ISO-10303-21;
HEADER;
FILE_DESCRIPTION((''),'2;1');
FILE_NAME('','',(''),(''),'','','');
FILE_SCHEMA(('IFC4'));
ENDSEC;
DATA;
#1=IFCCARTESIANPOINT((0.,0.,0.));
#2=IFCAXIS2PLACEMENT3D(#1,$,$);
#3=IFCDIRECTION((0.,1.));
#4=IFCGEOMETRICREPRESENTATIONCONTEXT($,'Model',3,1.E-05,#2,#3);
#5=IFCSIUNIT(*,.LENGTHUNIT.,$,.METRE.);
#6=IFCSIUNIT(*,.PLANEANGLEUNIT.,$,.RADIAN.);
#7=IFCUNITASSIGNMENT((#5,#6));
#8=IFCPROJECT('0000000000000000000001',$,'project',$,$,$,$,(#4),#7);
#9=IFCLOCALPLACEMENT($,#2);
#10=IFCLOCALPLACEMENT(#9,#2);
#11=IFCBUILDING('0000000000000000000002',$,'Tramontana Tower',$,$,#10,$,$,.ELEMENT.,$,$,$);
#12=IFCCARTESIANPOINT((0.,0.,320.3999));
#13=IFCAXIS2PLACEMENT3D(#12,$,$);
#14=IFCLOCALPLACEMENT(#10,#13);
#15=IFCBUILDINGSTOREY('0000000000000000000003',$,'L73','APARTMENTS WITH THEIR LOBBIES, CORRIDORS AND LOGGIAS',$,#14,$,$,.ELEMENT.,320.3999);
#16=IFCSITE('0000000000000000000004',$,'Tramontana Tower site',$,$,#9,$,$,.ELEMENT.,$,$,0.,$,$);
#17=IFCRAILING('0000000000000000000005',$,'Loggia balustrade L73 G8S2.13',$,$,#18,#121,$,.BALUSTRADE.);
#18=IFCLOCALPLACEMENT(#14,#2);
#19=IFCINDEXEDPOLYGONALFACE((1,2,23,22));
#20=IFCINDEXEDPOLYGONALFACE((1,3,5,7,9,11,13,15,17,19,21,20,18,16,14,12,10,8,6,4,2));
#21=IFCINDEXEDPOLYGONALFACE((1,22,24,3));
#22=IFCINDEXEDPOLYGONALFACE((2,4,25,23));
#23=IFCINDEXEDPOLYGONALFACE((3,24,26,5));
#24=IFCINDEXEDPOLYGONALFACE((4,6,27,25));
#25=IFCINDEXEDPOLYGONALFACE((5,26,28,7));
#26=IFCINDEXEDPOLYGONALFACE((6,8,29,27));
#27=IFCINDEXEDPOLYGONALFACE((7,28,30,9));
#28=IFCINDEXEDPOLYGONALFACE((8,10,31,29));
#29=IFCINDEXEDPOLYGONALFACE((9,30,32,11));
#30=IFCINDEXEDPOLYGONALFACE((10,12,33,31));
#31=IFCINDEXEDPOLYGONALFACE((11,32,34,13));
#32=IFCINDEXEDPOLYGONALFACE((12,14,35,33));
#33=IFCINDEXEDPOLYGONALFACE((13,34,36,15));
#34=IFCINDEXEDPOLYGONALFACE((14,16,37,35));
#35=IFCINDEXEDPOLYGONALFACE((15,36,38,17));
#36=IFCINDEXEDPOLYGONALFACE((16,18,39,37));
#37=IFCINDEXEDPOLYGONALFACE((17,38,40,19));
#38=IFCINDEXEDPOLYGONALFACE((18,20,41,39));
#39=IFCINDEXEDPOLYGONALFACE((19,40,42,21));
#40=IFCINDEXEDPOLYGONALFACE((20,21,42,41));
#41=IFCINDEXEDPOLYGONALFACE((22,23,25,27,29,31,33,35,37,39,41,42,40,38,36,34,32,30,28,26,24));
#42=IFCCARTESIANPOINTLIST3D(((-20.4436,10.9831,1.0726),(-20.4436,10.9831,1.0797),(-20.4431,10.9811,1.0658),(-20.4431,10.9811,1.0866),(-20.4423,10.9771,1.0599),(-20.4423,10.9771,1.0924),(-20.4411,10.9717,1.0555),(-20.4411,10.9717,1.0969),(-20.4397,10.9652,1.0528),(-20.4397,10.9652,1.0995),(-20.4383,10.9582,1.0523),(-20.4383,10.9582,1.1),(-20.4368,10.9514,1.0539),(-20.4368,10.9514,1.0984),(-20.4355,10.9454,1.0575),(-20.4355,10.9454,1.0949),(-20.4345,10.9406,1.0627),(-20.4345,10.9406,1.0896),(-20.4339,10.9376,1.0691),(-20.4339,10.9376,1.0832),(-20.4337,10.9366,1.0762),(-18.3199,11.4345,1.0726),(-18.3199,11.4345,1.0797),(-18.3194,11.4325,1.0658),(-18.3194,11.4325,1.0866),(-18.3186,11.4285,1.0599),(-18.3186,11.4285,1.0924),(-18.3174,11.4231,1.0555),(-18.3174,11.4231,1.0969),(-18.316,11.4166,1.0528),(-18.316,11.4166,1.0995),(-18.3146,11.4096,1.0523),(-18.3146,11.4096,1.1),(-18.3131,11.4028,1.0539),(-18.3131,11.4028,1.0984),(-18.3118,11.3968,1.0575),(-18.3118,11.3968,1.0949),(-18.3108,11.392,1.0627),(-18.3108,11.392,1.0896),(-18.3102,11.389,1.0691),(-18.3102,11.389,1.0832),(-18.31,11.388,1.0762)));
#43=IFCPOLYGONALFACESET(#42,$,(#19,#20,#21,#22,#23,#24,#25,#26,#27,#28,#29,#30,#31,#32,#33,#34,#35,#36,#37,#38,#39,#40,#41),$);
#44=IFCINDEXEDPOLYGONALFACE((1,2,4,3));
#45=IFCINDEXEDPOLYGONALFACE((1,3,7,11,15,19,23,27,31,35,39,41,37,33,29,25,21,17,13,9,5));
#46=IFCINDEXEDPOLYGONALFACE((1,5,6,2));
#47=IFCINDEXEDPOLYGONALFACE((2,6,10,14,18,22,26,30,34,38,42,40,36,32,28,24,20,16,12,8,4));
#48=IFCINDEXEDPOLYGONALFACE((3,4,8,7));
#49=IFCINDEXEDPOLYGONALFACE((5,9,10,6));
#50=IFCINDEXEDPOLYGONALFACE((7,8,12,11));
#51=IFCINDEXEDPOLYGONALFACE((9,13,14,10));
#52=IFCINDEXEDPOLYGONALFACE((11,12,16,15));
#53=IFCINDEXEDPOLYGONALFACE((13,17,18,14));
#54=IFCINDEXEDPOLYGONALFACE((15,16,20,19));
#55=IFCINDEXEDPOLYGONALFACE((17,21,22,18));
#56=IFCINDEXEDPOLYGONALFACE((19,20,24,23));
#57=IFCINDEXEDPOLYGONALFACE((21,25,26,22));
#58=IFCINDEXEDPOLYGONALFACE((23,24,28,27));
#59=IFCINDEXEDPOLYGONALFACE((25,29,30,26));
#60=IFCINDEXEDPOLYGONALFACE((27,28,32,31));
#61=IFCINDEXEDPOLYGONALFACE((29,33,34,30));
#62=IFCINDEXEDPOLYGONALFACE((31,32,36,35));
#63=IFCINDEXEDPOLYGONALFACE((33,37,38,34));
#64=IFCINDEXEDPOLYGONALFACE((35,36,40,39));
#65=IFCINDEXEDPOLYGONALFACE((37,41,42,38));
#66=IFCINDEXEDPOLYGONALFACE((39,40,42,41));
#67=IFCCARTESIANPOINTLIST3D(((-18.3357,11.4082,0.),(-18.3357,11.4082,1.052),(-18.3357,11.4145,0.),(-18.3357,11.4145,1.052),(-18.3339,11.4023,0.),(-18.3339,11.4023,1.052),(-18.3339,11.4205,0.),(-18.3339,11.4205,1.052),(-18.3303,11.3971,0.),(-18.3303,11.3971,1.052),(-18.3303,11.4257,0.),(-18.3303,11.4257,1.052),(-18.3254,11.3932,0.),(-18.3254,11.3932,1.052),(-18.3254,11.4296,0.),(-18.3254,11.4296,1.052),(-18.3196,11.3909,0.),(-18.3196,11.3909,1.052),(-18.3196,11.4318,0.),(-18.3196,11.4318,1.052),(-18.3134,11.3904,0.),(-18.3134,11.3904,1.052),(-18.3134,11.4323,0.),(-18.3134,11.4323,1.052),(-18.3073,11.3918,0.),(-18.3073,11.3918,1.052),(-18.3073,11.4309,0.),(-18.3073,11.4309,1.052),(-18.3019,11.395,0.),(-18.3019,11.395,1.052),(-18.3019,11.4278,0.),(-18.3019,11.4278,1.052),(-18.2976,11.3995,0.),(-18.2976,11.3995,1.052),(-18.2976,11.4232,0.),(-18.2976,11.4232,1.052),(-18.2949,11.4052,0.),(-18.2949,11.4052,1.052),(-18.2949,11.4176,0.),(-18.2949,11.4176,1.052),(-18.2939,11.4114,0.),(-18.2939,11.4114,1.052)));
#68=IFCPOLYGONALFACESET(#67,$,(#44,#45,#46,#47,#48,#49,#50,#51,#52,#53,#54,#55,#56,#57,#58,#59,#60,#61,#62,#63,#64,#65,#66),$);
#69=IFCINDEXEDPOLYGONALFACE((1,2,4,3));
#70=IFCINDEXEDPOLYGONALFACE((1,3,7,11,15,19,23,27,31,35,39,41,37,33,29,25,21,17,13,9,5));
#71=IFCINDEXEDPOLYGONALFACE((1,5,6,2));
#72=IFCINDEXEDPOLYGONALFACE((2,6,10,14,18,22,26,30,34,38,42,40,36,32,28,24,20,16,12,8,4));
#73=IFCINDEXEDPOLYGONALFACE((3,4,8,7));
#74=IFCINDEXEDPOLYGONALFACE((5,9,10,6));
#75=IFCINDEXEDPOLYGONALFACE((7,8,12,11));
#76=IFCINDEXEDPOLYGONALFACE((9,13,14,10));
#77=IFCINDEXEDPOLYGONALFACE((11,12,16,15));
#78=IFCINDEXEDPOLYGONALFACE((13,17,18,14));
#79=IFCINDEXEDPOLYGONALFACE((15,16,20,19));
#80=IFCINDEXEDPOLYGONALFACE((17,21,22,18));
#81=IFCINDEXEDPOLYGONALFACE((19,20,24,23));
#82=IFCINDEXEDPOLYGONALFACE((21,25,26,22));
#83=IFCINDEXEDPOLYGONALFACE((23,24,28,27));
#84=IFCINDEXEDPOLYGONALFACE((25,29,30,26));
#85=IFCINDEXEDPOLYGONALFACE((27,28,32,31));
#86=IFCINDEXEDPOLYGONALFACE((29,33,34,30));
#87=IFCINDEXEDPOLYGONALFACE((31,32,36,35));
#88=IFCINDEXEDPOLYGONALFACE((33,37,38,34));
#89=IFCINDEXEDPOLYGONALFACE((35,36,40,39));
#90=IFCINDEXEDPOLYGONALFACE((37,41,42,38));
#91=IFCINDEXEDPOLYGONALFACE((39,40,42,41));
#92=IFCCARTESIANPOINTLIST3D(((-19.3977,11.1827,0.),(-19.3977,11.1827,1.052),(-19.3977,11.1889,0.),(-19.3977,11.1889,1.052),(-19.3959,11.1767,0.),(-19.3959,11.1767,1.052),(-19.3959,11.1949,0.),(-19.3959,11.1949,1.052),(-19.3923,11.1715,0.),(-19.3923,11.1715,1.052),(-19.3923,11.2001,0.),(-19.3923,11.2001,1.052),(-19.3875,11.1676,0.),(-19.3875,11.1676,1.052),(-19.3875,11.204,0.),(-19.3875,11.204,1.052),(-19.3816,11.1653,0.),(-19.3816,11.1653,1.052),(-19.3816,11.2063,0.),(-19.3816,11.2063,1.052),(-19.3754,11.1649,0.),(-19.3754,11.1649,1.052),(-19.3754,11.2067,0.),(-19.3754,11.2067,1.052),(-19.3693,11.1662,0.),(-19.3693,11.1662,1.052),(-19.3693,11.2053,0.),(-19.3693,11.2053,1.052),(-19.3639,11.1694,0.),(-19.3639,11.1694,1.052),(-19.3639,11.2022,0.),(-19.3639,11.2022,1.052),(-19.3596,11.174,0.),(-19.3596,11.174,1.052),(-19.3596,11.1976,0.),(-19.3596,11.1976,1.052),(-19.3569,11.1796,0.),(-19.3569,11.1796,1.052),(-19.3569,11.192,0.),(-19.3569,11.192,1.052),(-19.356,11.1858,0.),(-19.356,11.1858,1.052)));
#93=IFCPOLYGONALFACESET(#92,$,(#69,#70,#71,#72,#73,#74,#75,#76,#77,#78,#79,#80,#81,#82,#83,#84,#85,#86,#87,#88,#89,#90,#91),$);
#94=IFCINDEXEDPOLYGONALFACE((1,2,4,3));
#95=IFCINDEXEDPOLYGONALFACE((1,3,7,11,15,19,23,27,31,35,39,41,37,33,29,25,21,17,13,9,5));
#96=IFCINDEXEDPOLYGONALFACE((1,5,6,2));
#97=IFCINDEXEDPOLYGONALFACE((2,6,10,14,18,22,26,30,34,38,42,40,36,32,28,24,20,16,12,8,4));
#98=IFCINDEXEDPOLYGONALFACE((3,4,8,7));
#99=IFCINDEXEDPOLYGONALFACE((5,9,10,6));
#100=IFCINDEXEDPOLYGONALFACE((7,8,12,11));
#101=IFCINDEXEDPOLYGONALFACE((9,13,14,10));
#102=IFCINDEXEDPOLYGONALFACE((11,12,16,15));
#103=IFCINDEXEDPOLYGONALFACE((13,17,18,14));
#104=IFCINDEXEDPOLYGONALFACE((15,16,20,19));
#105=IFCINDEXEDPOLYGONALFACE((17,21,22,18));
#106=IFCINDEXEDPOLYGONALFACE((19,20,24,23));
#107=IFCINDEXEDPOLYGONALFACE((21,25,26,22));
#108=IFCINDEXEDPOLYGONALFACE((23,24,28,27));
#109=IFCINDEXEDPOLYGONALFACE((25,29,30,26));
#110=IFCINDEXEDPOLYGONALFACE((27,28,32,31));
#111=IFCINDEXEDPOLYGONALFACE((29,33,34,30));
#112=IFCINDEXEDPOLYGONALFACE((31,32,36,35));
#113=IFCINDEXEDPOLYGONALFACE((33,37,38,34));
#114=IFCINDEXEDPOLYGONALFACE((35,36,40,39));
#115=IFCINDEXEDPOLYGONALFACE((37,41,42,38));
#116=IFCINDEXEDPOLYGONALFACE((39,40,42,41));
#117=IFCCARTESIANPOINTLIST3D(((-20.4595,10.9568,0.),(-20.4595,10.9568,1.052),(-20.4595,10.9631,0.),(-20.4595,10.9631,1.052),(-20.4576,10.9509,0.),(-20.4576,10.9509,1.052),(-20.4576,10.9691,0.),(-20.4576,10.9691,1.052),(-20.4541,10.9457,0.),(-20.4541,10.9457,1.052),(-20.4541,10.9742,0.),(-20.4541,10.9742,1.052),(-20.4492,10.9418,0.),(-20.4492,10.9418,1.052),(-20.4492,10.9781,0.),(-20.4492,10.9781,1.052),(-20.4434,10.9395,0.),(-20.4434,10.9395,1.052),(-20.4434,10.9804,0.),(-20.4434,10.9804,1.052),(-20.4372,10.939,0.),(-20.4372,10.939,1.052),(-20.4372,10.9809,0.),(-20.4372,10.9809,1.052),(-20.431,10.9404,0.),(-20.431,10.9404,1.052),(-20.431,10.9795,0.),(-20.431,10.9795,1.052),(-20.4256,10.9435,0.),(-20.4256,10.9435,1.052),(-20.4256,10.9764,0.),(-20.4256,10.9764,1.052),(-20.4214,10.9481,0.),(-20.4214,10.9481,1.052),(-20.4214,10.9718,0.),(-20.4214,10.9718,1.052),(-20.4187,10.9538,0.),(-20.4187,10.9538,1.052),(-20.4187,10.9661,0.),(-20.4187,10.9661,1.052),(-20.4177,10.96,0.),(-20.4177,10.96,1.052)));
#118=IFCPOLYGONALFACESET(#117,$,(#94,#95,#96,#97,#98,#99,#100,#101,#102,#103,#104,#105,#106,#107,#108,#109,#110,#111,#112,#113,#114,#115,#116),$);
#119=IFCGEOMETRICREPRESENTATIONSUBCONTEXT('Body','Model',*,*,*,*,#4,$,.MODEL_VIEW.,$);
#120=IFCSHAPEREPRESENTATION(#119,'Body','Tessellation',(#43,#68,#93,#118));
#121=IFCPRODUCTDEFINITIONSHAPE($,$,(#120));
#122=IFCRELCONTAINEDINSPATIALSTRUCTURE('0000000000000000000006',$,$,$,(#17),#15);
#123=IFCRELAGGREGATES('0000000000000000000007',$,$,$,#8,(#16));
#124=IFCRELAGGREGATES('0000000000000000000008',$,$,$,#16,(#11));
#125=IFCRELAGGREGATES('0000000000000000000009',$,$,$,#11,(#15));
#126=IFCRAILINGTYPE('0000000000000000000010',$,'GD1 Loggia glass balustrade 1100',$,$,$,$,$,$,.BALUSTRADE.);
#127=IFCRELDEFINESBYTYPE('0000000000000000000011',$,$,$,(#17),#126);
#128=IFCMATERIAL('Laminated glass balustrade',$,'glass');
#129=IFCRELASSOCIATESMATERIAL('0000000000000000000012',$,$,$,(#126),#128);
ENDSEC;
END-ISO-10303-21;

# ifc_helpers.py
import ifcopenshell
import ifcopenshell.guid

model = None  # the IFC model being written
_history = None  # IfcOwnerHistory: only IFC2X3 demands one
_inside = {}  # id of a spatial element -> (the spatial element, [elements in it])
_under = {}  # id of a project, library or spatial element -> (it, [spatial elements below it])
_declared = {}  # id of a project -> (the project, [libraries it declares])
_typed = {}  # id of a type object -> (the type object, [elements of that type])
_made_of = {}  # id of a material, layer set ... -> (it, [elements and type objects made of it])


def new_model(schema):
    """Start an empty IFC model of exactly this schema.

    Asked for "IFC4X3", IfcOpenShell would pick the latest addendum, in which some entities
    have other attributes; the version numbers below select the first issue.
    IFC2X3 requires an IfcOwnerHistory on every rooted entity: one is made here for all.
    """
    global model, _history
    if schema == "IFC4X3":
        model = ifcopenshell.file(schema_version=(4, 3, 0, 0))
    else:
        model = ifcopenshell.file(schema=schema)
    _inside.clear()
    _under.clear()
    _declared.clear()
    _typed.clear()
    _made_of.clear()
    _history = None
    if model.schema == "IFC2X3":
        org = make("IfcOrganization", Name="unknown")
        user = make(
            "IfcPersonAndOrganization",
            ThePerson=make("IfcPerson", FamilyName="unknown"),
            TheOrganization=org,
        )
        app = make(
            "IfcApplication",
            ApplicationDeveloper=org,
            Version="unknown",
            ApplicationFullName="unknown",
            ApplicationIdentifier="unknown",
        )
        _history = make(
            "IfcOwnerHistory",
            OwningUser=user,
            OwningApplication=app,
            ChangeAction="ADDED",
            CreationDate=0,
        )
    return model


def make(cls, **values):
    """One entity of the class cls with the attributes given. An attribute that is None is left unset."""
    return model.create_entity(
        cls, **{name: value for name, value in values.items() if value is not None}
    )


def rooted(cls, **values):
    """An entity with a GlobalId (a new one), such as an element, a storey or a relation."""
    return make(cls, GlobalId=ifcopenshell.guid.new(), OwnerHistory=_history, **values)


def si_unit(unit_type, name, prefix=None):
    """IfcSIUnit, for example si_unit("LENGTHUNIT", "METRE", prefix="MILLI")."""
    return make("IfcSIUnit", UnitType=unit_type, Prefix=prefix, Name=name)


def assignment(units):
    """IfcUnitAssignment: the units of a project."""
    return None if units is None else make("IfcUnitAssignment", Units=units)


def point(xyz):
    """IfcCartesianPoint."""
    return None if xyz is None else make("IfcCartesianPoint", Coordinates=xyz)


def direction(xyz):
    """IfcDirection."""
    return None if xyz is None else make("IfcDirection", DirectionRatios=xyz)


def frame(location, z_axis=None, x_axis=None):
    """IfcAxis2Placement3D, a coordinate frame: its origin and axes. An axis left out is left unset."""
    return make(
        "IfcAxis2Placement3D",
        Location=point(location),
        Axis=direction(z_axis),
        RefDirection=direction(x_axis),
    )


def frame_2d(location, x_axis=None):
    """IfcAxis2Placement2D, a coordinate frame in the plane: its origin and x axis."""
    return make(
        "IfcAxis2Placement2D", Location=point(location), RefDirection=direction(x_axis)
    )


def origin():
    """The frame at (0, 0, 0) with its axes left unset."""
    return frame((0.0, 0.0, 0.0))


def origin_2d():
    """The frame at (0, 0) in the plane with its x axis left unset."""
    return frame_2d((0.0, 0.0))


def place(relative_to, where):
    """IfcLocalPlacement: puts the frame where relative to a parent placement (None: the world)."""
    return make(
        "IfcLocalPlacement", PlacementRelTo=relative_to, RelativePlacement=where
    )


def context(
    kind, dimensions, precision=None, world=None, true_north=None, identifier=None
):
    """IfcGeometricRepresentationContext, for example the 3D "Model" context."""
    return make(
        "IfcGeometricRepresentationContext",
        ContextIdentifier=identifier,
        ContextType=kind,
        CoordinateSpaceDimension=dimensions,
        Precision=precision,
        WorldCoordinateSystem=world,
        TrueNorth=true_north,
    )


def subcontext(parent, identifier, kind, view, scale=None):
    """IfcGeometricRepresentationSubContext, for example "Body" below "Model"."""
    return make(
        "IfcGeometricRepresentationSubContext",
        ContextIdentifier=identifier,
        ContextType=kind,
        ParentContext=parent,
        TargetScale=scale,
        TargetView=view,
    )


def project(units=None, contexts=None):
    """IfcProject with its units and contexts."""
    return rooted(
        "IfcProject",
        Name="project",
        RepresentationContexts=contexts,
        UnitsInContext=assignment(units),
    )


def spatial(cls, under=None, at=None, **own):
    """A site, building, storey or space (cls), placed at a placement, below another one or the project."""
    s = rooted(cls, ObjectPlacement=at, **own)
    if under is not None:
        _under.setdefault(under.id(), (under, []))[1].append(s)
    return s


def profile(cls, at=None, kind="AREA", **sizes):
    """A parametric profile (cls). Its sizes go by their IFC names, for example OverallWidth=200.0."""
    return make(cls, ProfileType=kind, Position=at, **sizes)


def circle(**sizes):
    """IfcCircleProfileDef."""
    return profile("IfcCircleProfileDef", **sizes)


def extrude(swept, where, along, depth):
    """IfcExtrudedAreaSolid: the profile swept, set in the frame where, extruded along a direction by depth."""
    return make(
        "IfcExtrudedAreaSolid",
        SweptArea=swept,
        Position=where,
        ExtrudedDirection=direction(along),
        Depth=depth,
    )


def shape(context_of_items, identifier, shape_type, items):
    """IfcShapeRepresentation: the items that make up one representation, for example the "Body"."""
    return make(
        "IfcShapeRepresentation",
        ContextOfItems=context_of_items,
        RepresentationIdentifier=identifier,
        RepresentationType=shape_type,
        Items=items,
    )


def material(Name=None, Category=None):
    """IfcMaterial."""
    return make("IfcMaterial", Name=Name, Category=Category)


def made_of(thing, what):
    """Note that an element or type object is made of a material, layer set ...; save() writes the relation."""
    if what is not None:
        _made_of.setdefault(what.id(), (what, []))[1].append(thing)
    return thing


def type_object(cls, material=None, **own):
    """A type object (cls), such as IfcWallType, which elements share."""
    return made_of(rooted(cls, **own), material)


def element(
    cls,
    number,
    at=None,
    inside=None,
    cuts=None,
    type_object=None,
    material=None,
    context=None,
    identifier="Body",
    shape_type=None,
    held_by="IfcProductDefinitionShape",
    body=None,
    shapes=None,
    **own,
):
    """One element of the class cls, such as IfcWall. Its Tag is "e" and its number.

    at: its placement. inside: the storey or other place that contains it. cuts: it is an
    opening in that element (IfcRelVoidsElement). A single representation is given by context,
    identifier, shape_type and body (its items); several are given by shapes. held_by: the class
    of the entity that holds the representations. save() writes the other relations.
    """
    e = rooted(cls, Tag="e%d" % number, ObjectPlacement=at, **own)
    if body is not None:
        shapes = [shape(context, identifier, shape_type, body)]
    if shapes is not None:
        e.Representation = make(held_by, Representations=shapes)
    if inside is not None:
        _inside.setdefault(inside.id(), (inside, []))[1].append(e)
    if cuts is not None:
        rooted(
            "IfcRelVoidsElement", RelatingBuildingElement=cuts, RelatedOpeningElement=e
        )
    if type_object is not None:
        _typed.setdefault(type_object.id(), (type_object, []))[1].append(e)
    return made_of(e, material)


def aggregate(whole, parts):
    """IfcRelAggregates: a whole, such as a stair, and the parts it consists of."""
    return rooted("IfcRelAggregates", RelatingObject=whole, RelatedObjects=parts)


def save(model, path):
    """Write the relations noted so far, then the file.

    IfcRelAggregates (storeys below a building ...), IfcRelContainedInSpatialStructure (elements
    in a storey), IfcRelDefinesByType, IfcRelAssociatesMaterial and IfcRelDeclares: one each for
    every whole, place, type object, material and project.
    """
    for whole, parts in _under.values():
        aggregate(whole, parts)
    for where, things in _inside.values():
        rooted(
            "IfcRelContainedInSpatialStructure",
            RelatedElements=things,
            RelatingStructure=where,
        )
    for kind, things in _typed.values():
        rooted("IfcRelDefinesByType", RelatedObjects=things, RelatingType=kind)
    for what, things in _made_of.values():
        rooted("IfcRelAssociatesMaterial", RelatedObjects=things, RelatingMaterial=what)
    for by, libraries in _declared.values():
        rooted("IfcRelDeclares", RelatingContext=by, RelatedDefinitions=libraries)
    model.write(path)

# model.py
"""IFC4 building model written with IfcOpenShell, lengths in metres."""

from ifc_helpers import new_model, si_unit, direction, frame, origin, origin_2d, place, context, subcontext, project, spatial, circle, extrude, material, type_object, element, save


model = new_model("IFC4")

# Units and contexts
model_context = context("Model", 3, precision=1e-05, world=origin(), true_north=direction((0.0, 1.0)))
body_context = subcontext(model_context, "Body", "Model", "MODEL_VIEW")
ifc_project = project(units=[si_unit("LENGTHUNIT", "METRE"), si_unit("PLANEANGLEUNIT", "RADIAN")], contexts=[model_context])

# Site, building, storey
site_placement = place(None, origin())
site = spatial("IfcSite", under=ifc_project, at=site_placement, Name="Tramontana Tower site", CompositionType="ELEMENT", RefElevation=0.0)
building_placement = place(site_placement, origin())
building = spatial("IfcBuilding", under=site, at=building_placement, Name="Tramontana Tower", CompositionType="ELEMENT")
storey_placement = place(building_placement, frame((0.0, 0.0, 320.3999)))
storey = spatial("IfcBuildingStorey", under=building, at=storey_placement, Name="L73", Description="APARTMENTS WITH THEIR LOBBIES, CORRIDORS AND LOGGIAS", CompositionType="ELEMENT", Elevation=320.3999)

# Railing
ifc_material_1 = material(Name="Laminated glass balustrade", Category="glass")
railing_type = type_object("IfcRailingType", Name="GD1 Loggia glass balustrade 1100", PredefinedType="BALUSTRADE", material=ifc_material_1)
railing_1_placement = place(storey_placement, frame((-18.3149, 11.4114, 0.0)))
element("IfcRailing", 1, at=railing_1_placement, inside=storey, type_object=railing_type, Name="Loggia balustrade L73 G8S2.13", PredefinedType="BALUSTRADE", context=body_context, shape_type="SweptSolid", body=[
    extrude(circle(Radius=0.0239, at=origin_2d()), frame((0.0, 0.0, 1.0762), z_axis=(-0.978148, -0.207909, 0.0), x_axis=(0.207909, -0.978148, 0.0)), (0.0, 0.0, 1.0), 2.1711),
    extrude(circle(Radius=0.021, at=origin_2d()), origin(), (0.0, 0.0, 1.0), 1.052),
    extrude(circle(Radius=0.021, at=origin_2d()), frame((-1.062, -0.2256, 0.0)), (0.0, 0.0, 1.0), 1.052),
    extrude(circle(Radius=0.021, at=origin_2d()), frame((-2.1238, -0.4514, 0.0)), (0.0, 0.0, 1.0), 1.052),
])

save(model, "model.ifc")
